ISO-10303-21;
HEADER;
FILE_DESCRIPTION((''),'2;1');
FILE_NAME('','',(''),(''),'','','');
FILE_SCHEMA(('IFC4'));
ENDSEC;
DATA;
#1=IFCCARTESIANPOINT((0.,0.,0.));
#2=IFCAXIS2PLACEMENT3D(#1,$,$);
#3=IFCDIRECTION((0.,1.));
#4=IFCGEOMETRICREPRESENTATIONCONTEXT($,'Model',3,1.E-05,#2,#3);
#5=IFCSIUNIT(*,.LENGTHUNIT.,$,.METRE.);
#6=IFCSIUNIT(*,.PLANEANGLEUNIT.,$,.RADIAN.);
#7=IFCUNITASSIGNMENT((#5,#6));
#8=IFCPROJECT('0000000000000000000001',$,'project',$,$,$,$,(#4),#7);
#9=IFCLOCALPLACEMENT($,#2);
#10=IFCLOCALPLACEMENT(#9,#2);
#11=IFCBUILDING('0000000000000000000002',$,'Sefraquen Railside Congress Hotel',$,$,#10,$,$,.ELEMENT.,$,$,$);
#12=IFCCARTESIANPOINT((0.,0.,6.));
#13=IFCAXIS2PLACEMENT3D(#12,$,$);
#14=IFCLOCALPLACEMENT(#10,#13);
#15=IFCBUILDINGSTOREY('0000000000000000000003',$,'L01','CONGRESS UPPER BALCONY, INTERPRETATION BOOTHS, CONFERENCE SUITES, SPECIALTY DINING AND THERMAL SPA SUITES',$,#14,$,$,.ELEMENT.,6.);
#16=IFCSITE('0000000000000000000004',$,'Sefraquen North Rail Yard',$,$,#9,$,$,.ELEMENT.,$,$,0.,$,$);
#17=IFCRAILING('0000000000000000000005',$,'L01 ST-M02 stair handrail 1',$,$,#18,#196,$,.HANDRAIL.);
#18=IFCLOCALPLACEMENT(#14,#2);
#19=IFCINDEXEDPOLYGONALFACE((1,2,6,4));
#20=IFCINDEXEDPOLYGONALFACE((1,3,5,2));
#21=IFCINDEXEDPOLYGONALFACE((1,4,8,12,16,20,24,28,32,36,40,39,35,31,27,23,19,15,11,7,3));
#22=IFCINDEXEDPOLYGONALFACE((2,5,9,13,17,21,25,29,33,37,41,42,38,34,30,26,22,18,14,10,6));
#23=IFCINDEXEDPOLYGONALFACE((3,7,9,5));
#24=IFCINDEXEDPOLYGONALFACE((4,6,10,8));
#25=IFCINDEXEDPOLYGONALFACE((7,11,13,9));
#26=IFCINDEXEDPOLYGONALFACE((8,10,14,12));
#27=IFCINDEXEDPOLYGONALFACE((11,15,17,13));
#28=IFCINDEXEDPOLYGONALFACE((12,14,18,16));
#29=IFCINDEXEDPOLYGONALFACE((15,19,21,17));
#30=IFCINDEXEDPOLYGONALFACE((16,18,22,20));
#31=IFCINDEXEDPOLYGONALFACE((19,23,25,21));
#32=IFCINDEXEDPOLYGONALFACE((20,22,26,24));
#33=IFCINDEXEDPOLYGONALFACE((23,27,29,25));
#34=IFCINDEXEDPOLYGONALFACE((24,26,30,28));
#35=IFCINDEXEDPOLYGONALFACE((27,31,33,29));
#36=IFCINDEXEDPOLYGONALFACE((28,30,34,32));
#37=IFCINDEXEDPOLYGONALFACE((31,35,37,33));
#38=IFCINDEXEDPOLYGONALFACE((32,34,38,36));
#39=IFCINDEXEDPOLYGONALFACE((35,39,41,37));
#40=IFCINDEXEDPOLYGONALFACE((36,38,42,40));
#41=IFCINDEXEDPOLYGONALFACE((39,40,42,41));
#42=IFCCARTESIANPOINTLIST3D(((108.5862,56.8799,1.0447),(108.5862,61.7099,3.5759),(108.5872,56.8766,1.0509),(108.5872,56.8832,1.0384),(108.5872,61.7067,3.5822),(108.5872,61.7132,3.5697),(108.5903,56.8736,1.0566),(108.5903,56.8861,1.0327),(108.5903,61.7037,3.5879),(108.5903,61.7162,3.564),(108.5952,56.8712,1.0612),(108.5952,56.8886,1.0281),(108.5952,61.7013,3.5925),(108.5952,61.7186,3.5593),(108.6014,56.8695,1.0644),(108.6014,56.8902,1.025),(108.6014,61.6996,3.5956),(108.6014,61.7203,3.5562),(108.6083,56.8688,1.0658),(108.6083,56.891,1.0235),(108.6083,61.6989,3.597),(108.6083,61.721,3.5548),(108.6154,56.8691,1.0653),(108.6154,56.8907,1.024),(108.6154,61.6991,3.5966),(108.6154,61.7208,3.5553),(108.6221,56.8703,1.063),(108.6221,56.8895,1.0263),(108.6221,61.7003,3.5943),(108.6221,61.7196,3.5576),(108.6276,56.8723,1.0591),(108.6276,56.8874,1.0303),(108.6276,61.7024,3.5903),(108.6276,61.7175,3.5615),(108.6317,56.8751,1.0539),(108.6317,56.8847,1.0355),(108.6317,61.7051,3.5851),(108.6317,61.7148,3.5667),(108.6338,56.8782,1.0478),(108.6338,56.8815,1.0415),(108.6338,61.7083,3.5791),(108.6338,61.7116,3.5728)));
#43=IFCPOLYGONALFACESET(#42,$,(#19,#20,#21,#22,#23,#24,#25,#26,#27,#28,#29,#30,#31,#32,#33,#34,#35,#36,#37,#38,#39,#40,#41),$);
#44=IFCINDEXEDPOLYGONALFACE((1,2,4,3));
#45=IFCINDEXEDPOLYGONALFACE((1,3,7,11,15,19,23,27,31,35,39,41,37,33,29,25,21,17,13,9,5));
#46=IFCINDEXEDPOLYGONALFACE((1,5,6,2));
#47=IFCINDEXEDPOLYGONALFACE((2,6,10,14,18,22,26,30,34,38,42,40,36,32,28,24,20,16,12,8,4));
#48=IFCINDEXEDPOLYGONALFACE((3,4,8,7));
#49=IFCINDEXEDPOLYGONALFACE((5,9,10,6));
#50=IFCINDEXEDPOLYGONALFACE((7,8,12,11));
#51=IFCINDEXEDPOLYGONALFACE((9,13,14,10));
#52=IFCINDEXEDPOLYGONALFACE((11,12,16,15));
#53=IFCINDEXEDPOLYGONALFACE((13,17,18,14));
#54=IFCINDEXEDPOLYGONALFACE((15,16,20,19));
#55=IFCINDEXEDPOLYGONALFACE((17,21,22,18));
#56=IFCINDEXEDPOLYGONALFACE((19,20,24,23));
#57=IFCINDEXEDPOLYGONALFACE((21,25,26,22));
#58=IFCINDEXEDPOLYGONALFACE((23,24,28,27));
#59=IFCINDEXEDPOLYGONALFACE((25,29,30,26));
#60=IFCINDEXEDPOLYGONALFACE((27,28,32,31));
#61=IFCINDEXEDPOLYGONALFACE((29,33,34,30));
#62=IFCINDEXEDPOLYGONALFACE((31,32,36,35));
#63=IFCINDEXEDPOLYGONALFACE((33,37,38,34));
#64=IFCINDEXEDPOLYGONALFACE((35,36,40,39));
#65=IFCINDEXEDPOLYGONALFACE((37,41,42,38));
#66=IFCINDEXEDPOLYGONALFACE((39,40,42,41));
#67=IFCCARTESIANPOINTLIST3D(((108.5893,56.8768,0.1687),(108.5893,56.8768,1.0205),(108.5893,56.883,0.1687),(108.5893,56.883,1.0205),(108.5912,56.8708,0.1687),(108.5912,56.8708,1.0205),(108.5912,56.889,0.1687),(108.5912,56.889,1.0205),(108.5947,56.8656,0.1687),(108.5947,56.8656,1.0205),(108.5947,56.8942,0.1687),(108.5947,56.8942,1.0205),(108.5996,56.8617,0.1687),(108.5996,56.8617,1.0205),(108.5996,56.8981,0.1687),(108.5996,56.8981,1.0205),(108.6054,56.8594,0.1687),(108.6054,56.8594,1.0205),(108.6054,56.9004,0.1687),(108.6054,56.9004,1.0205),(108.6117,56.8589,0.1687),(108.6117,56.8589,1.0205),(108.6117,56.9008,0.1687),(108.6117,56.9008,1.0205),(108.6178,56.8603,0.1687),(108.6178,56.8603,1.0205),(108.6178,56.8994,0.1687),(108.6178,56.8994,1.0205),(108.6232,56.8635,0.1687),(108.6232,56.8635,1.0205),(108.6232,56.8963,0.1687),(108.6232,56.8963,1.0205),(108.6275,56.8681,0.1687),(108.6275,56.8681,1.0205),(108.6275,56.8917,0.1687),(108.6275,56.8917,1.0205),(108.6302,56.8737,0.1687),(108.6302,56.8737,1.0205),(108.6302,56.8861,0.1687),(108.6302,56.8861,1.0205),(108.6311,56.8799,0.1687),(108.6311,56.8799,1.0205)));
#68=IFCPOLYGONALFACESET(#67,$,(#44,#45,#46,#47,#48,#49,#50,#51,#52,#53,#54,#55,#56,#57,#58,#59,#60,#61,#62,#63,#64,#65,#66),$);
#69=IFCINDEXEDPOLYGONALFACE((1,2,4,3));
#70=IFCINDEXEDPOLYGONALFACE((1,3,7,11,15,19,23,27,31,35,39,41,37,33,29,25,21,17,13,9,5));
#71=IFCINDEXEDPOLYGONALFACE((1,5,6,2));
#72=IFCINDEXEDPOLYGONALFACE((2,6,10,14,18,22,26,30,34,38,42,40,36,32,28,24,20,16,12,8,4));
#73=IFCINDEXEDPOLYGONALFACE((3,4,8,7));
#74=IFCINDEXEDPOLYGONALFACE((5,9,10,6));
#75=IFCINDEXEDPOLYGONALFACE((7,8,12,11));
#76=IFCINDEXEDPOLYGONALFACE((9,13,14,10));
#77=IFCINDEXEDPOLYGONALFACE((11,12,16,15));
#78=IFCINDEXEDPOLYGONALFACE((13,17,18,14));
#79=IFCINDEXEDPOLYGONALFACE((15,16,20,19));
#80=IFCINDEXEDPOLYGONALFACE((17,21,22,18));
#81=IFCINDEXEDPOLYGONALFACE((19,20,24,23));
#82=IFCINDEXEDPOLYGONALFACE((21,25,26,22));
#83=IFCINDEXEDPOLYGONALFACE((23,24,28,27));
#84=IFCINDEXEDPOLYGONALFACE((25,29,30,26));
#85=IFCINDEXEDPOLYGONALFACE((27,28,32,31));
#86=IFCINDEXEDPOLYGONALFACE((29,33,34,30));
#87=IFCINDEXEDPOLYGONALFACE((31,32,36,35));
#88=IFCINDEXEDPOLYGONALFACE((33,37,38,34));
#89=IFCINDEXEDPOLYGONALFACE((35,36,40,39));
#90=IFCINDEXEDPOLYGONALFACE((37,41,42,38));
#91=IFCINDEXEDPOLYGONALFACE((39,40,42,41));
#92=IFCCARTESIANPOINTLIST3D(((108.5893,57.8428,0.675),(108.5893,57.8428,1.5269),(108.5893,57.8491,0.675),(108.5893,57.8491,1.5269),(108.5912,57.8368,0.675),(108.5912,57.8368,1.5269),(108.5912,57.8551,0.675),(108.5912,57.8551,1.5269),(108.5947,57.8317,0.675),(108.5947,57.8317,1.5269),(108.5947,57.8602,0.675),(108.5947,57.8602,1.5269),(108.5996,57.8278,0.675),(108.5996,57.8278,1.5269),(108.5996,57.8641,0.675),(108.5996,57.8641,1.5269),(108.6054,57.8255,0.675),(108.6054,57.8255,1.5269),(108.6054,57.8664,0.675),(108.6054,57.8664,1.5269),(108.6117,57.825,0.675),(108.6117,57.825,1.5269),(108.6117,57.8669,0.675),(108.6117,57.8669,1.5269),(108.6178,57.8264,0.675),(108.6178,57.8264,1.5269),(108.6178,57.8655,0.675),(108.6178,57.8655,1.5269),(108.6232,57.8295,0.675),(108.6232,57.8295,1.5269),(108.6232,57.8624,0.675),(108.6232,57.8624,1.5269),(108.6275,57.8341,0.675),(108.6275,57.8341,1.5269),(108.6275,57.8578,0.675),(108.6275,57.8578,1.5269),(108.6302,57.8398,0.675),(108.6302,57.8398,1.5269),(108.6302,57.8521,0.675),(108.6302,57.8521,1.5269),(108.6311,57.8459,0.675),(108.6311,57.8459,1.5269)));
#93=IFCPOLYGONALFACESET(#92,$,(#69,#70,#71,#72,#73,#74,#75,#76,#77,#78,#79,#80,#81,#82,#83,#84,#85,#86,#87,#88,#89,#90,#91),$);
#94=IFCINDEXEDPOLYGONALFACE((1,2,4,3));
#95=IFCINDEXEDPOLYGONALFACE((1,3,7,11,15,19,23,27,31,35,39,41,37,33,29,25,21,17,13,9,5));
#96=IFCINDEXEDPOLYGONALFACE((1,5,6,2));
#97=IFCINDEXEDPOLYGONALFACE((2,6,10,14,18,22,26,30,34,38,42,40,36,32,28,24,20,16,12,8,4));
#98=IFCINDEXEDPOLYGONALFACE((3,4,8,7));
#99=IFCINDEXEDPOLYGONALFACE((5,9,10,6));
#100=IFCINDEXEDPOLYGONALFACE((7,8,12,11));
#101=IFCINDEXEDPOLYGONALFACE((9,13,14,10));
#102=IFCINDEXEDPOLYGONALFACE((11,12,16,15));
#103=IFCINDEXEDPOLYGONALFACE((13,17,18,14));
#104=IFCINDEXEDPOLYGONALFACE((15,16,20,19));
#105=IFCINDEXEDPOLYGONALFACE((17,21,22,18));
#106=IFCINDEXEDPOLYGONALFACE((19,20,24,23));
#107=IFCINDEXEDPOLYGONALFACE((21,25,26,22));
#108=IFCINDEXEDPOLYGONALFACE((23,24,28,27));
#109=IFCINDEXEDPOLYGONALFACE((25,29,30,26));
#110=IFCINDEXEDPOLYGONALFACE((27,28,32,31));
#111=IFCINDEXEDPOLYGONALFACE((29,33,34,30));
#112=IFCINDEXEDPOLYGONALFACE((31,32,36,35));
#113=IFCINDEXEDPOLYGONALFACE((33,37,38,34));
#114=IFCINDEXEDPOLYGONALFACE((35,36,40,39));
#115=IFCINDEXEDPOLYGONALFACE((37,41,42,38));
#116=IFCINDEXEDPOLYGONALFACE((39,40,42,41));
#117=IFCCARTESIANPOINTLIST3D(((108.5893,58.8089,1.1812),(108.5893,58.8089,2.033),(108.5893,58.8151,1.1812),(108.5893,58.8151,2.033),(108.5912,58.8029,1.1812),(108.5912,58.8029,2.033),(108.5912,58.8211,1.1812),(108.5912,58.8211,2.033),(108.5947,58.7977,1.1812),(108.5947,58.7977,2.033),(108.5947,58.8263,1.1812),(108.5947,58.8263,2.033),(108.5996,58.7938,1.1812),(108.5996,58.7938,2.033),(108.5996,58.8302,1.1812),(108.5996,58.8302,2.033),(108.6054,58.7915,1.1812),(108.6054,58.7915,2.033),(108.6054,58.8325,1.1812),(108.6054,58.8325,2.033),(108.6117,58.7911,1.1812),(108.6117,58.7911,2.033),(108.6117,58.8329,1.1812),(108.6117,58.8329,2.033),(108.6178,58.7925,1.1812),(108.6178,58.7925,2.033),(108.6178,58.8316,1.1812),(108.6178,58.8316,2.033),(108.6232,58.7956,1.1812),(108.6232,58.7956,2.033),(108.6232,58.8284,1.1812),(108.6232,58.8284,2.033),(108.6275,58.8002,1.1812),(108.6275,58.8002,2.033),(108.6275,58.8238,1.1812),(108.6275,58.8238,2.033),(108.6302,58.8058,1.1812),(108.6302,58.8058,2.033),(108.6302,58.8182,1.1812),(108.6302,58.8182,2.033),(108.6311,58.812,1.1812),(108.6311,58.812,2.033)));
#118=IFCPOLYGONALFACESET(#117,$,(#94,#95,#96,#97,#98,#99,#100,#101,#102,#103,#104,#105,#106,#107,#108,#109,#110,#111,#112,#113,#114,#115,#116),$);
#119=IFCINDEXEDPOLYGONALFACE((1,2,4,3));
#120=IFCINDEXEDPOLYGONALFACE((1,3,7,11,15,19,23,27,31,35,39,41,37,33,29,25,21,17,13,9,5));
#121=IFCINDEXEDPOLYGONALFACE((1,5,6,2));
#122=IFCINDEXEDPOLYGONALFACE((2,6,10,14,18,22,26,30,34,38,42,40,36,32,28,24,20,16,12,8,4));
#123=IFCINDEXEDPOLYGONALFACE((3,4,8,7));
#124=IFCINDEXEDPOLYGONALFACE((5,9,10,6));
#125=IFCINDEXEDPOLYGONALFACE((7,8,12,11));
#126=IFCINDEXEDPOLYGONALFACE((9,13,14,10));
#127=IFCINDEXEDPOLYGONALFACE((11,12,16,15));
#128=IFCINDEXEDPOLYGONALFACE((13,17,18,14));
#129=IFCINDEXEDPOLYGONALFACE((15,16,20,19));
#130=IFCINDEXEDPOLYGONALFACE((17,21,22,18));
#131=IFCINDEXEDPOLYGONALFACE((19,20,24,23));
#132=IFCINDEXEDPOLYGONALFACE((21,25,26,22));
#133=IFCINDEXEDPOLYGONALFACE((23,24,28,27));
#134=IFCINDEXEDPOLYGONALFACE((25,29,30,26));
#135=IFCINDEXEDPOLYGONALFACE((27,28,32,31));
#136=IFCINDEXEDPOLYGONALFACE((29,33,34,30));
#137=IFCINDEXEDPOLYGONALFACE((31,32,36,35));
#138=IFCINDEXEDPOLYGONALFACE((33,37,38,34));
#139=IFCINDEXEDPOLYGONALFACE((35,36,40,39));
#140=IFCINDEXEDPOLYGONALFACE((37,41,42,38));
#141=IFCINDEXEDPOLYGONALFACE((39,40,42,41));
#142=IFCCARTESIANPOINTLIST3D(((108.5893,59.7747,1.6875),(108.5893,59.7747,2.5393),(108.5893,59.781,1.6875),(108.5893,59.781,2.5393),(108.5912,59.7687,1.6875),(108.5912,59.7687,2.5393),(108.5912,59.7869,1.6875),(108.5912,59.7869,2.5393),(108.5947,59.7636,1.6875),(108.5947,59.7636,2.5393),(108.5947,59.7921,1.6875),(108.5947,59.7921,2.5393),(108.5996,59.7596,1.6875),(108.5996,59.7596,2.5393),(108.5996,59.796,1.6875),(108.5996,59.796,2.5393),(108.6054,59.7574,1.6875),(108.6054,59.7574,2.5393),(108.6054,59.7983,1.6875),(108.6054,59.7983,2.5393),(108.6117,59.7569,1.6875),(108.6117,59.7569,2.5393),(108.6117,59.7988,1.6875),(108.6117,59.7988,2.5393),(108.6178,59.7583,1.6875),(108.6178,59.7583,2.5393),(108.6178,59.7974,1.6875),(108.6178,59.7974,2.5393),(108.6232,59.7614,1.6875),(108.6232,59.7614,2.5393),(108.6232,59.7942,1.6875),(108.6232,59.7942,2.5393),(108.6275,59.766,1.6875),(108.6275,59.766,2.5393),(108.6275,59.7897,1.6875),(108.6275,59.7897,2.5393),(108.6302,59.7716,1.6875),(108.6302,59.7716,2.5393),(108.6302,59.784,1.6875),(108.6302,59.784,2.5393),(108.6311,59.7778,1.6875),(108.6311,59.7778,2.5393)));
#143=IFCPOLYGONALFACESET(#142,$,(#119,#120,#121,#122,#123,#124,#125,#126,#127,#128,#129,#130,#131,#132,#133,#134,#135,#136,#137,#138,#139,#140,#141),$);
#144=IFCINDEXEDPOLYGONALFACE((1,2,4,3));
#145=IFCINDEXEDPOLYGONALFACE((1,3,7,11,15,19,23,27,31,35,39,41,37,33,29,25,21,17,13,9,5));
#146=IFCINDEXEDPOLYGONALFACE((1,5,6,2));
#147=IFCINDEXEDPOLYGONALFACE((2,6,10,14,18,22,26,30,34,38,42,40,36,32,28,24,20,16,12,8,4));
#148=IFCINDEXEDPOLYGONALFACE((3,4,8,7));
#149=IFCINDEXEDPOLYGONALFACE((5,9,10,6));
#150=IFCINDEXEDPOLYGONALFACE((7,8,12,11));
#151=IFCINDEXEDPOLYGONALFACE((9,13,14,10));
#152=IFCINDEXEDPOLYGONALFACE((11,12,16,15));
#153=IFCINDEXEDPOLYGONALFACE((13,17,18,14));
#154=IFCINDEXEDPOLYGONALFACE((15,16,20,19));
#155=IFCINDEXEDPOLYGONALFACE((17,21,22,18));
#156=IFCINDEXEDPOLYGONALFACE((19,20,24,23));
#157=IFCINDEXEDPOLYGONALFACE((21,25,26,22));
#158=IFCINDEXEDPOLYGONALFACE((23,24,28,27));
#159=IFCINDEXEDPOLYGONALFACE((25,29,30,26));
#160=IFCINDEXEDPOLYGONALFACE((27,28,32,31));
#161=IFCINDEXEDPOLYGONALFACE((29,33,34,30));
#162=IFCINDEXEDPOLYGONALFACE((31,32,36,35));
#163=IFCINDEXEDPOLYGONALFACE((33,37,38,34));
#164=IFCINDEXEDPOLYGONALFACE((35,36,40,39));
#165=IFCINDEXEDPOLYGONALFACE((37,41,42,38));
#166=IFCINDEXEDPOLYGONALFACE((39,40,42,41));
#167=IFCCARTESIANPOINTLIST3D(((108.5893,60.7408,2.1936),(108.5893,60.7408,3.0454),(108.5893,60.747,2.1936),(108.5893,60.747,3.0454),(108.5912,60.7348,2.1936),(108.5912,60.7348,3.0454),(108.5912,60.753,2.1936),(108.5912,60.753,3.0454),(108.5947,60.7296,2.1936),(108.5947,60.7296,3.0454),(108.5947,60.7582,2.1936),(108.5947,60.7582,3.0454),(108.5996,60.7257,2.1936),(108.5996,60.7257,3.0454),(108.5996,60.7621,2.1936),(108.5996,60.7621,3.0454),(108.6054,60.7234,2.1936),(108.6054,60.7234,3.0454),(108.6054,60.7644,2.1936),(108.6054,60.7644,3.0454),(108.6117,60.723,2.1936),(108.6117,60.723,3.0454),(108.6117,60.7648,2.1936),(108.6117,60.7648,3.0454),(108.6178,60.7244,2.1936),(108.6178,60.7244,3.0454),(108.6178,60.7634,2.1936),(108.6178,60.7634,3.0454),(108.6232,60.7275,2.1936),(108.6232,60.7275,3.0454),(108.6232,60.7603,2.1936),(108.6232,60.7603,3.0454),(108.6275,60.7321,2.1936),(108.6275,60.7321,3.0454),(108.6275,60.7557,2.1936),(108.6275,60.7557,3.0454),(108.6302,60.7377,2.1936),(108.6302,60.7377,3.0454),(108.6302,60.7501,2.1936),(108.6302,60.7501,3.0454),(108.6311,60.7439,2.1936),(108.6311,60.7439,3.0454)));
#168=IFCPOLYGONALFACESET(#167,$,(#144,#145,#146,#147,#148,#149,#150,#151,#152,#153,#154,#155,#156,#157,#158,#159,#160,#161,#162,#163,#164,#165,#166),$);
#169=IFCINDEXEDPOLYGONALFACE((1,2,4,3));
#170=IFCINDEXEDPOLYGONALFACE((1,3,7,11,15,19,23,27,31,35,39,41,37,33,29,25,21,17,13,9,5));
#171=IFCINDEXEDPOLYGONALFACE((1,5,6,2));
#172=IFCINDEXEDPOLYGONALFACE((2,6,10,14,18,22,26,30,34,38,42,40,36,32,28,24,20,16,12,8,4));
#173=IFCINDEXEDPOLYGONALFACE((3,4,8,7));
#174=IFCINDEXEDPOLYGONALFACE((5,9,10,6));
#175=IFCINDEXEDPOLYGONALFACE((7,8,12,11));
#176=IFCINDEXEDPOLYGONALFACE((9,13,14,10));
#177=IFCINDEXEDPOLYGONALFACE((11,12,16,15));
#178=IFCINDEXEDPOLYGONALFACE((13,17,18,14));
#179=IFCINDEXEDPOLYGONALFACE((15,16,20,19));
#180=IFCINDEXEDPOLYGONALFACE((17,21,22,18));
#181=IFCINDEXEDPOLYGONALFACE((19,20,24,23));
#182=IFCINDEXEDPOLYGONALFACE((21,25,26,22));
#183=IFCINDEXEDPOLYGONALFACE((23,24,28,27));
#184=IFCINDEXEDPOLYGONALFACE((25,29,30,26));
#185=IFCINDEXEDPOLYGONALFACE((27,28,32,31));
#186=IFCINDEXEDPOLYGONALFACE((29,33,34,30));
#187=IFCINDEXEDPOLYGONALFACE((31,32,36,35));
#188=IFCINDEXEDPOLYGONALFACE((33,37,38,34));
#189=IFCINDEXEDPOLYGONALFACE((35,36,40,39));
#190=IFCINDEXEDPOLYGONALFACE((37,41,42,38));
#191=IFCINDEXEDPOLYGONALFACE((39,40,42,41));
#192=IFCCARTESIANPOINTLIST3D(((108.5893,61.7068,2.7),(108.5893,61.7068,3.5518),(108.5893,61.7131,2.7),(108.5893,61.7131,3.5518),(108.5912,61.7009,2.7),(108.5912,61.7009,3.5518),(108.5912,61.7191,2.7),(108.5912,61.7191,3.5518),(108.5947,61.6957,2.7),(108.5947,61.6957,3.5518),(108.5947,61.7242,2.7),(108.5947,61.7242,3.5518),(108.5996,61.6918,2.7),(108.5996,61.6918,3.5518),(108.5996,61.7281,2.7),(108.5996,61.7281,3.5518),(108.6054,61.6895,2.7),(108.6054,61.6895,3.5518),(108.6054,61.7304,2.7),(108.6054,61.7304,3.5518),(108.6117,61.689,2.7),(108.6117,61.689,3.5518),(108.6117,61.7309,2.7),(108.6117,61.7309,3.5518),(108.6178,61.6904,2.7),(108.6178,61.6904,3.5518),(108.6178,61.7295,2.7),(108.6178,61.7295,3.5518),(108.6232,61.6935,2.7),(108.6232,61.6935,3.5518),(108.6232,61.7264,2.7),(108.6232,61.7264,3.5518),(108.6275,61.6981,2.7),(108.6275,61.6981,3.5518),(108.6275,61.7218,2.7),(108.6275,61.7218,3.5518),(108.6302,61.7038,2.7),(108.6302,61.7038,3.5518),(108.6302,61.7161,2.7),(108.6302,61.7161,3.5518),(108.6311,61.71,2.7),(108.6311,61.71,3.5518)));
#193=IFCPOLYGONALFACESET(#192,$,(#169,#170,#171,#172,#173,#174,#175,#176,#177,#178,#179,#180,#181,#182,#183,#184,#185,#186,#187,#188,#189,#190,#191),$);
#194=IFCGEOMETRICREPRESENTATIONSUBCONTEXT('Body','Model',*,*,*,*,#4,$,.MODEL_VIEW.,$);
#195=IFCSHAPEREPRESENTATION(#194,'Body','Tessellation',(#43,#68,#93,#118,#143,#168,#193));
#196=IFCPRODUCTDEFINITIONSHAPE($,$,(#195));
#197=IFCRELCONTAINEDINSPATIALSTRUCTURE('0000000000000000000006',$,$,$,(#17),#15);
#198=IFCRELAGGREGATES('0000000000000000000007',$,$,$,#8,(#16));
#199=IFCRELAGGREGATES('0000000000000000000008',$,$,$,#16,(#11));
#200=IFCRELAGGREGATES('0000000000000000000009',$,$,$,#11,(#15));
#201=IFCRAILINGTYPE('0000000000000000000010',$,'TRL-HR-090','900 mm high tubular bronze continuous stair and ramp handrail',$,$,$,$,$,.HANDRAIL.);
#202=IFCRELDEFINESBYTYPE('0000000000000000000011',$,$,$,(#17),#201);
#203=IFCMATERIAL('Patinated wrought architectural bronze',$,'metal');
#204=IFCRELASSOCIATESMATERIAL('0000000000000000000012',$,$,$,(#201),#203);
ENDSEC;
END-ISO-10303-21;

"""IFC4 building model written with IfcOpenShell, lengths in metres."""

from ifc_helpers import new_model, si_unit, direction, frame, origin, origin_2d, place, context, subcontext, project, spatial, circle, extrude, material, type_object, element, save


model = new_model("IFC4")

# Units and contexts
model_context = context("Model", 3, precision=1e-05, world=origin(), true_north=direction((0.0, 1.0)))
body_context = subcontext(model_context, "Body", "Model", "MODEL_VIEW")
ifc_project = project(units=[si_unit("LENGTHUNIT", "METRE"), si_unit("PLANEANGLEUNIT", "RADIAN")], contexts=[model_context])

# Site, building, storey
site_placement = place(None, origin())
site = spatial("IfcSite", under=ifc_project, at=site_placement, Name="Sefraquen North Rail Yard", CompositionType="ELEMENT", RefElevation=0.0)
building_placement = place(site_placement, origin())
building = spatial("IfcBuilding", under=site, at=building_placement, Name="Sefraquen Railside Congress Hotel", CompositionType="ELEMENT")
storey_placement = place(building_placement, frame((0.0, 0.0, 6.0)))
storey = spatial("IfcBuildingStorey", under=building, at=storey_placement, Name="L01", Description="CONGRESS UPPER BALCONY, INTERPRETATION BOOTHS, CONFERENCE SUITES, SPECIALTY DINING AND THERMAL SPA SUITES", CompositionType="ELEMENT", Elevation=6.0)

# Railing
ifc_material_1 = material(Name="Patinated wrought architectural bronze", Category="metal")
railing_type_1 = type_object("IfcRailingType", Name="TRL-HR-090", Description="900 mm high tubular bronze continuous stair and ramp handrail", PredefinedType="HANDRAIL", material=ifc_material_1)
railing_1_placement = place(storey_placement, frame((108.6101, 56.8799, 0.1687)))
element("IfcRailing", 1, at=railing_1_placement, inside=storey, type_object=railing_type_1, Name="L01 ST-M02 stair handrail 1", PredefinedType="HANDRAIL", context=body_context, shape_type="SweptSolid", body=[
    extrude(circle(Radius=0.0239, at=origin_2d()), frame((0.0, 0.0, 0.876), z_axis=(0.0, 0.88574, 0.464181), x_axis=(-1.0, 0.0, 0.0)), (0.0, 0.0, 1.0), 5.4531),
    extrude(circle(Radius=0.021, at=origin_2d()), origin(), (0.0, 0.0, 1.0), 0.8518),
    extrude(circle(Radius=0.021, at=origin_2d()), frame((0.0, 0.9661, 0.5063)), (0.0, 0.0, 1.0), 0.8518),
    extrude(circle(Radius=0.021, at=origin_2d()), frame((0.0, 1.9321, 1.0125)), (0.0, 0.0, 1.0), 0.8518),
    extrude(circle(Radius=0.021, at=origin_2d()), frame((0.0, 2.8979, 1.5188)), (0.0, 0.0, 1.0), 0.8518),
    extrude(circle(Radius=0.021, at=origin_2d()), frame((0.0, 3.864, 2.0249)), (0.0, 0.0, 1.0), 0.8518),
    extrude(circle(Radius=0.021, at=origin_2d()), frame((0.0, 4.8301, 2.5312)), (0.0, 0.0, 1.0), 0.8518),
])

save(model, "model.ifc")
